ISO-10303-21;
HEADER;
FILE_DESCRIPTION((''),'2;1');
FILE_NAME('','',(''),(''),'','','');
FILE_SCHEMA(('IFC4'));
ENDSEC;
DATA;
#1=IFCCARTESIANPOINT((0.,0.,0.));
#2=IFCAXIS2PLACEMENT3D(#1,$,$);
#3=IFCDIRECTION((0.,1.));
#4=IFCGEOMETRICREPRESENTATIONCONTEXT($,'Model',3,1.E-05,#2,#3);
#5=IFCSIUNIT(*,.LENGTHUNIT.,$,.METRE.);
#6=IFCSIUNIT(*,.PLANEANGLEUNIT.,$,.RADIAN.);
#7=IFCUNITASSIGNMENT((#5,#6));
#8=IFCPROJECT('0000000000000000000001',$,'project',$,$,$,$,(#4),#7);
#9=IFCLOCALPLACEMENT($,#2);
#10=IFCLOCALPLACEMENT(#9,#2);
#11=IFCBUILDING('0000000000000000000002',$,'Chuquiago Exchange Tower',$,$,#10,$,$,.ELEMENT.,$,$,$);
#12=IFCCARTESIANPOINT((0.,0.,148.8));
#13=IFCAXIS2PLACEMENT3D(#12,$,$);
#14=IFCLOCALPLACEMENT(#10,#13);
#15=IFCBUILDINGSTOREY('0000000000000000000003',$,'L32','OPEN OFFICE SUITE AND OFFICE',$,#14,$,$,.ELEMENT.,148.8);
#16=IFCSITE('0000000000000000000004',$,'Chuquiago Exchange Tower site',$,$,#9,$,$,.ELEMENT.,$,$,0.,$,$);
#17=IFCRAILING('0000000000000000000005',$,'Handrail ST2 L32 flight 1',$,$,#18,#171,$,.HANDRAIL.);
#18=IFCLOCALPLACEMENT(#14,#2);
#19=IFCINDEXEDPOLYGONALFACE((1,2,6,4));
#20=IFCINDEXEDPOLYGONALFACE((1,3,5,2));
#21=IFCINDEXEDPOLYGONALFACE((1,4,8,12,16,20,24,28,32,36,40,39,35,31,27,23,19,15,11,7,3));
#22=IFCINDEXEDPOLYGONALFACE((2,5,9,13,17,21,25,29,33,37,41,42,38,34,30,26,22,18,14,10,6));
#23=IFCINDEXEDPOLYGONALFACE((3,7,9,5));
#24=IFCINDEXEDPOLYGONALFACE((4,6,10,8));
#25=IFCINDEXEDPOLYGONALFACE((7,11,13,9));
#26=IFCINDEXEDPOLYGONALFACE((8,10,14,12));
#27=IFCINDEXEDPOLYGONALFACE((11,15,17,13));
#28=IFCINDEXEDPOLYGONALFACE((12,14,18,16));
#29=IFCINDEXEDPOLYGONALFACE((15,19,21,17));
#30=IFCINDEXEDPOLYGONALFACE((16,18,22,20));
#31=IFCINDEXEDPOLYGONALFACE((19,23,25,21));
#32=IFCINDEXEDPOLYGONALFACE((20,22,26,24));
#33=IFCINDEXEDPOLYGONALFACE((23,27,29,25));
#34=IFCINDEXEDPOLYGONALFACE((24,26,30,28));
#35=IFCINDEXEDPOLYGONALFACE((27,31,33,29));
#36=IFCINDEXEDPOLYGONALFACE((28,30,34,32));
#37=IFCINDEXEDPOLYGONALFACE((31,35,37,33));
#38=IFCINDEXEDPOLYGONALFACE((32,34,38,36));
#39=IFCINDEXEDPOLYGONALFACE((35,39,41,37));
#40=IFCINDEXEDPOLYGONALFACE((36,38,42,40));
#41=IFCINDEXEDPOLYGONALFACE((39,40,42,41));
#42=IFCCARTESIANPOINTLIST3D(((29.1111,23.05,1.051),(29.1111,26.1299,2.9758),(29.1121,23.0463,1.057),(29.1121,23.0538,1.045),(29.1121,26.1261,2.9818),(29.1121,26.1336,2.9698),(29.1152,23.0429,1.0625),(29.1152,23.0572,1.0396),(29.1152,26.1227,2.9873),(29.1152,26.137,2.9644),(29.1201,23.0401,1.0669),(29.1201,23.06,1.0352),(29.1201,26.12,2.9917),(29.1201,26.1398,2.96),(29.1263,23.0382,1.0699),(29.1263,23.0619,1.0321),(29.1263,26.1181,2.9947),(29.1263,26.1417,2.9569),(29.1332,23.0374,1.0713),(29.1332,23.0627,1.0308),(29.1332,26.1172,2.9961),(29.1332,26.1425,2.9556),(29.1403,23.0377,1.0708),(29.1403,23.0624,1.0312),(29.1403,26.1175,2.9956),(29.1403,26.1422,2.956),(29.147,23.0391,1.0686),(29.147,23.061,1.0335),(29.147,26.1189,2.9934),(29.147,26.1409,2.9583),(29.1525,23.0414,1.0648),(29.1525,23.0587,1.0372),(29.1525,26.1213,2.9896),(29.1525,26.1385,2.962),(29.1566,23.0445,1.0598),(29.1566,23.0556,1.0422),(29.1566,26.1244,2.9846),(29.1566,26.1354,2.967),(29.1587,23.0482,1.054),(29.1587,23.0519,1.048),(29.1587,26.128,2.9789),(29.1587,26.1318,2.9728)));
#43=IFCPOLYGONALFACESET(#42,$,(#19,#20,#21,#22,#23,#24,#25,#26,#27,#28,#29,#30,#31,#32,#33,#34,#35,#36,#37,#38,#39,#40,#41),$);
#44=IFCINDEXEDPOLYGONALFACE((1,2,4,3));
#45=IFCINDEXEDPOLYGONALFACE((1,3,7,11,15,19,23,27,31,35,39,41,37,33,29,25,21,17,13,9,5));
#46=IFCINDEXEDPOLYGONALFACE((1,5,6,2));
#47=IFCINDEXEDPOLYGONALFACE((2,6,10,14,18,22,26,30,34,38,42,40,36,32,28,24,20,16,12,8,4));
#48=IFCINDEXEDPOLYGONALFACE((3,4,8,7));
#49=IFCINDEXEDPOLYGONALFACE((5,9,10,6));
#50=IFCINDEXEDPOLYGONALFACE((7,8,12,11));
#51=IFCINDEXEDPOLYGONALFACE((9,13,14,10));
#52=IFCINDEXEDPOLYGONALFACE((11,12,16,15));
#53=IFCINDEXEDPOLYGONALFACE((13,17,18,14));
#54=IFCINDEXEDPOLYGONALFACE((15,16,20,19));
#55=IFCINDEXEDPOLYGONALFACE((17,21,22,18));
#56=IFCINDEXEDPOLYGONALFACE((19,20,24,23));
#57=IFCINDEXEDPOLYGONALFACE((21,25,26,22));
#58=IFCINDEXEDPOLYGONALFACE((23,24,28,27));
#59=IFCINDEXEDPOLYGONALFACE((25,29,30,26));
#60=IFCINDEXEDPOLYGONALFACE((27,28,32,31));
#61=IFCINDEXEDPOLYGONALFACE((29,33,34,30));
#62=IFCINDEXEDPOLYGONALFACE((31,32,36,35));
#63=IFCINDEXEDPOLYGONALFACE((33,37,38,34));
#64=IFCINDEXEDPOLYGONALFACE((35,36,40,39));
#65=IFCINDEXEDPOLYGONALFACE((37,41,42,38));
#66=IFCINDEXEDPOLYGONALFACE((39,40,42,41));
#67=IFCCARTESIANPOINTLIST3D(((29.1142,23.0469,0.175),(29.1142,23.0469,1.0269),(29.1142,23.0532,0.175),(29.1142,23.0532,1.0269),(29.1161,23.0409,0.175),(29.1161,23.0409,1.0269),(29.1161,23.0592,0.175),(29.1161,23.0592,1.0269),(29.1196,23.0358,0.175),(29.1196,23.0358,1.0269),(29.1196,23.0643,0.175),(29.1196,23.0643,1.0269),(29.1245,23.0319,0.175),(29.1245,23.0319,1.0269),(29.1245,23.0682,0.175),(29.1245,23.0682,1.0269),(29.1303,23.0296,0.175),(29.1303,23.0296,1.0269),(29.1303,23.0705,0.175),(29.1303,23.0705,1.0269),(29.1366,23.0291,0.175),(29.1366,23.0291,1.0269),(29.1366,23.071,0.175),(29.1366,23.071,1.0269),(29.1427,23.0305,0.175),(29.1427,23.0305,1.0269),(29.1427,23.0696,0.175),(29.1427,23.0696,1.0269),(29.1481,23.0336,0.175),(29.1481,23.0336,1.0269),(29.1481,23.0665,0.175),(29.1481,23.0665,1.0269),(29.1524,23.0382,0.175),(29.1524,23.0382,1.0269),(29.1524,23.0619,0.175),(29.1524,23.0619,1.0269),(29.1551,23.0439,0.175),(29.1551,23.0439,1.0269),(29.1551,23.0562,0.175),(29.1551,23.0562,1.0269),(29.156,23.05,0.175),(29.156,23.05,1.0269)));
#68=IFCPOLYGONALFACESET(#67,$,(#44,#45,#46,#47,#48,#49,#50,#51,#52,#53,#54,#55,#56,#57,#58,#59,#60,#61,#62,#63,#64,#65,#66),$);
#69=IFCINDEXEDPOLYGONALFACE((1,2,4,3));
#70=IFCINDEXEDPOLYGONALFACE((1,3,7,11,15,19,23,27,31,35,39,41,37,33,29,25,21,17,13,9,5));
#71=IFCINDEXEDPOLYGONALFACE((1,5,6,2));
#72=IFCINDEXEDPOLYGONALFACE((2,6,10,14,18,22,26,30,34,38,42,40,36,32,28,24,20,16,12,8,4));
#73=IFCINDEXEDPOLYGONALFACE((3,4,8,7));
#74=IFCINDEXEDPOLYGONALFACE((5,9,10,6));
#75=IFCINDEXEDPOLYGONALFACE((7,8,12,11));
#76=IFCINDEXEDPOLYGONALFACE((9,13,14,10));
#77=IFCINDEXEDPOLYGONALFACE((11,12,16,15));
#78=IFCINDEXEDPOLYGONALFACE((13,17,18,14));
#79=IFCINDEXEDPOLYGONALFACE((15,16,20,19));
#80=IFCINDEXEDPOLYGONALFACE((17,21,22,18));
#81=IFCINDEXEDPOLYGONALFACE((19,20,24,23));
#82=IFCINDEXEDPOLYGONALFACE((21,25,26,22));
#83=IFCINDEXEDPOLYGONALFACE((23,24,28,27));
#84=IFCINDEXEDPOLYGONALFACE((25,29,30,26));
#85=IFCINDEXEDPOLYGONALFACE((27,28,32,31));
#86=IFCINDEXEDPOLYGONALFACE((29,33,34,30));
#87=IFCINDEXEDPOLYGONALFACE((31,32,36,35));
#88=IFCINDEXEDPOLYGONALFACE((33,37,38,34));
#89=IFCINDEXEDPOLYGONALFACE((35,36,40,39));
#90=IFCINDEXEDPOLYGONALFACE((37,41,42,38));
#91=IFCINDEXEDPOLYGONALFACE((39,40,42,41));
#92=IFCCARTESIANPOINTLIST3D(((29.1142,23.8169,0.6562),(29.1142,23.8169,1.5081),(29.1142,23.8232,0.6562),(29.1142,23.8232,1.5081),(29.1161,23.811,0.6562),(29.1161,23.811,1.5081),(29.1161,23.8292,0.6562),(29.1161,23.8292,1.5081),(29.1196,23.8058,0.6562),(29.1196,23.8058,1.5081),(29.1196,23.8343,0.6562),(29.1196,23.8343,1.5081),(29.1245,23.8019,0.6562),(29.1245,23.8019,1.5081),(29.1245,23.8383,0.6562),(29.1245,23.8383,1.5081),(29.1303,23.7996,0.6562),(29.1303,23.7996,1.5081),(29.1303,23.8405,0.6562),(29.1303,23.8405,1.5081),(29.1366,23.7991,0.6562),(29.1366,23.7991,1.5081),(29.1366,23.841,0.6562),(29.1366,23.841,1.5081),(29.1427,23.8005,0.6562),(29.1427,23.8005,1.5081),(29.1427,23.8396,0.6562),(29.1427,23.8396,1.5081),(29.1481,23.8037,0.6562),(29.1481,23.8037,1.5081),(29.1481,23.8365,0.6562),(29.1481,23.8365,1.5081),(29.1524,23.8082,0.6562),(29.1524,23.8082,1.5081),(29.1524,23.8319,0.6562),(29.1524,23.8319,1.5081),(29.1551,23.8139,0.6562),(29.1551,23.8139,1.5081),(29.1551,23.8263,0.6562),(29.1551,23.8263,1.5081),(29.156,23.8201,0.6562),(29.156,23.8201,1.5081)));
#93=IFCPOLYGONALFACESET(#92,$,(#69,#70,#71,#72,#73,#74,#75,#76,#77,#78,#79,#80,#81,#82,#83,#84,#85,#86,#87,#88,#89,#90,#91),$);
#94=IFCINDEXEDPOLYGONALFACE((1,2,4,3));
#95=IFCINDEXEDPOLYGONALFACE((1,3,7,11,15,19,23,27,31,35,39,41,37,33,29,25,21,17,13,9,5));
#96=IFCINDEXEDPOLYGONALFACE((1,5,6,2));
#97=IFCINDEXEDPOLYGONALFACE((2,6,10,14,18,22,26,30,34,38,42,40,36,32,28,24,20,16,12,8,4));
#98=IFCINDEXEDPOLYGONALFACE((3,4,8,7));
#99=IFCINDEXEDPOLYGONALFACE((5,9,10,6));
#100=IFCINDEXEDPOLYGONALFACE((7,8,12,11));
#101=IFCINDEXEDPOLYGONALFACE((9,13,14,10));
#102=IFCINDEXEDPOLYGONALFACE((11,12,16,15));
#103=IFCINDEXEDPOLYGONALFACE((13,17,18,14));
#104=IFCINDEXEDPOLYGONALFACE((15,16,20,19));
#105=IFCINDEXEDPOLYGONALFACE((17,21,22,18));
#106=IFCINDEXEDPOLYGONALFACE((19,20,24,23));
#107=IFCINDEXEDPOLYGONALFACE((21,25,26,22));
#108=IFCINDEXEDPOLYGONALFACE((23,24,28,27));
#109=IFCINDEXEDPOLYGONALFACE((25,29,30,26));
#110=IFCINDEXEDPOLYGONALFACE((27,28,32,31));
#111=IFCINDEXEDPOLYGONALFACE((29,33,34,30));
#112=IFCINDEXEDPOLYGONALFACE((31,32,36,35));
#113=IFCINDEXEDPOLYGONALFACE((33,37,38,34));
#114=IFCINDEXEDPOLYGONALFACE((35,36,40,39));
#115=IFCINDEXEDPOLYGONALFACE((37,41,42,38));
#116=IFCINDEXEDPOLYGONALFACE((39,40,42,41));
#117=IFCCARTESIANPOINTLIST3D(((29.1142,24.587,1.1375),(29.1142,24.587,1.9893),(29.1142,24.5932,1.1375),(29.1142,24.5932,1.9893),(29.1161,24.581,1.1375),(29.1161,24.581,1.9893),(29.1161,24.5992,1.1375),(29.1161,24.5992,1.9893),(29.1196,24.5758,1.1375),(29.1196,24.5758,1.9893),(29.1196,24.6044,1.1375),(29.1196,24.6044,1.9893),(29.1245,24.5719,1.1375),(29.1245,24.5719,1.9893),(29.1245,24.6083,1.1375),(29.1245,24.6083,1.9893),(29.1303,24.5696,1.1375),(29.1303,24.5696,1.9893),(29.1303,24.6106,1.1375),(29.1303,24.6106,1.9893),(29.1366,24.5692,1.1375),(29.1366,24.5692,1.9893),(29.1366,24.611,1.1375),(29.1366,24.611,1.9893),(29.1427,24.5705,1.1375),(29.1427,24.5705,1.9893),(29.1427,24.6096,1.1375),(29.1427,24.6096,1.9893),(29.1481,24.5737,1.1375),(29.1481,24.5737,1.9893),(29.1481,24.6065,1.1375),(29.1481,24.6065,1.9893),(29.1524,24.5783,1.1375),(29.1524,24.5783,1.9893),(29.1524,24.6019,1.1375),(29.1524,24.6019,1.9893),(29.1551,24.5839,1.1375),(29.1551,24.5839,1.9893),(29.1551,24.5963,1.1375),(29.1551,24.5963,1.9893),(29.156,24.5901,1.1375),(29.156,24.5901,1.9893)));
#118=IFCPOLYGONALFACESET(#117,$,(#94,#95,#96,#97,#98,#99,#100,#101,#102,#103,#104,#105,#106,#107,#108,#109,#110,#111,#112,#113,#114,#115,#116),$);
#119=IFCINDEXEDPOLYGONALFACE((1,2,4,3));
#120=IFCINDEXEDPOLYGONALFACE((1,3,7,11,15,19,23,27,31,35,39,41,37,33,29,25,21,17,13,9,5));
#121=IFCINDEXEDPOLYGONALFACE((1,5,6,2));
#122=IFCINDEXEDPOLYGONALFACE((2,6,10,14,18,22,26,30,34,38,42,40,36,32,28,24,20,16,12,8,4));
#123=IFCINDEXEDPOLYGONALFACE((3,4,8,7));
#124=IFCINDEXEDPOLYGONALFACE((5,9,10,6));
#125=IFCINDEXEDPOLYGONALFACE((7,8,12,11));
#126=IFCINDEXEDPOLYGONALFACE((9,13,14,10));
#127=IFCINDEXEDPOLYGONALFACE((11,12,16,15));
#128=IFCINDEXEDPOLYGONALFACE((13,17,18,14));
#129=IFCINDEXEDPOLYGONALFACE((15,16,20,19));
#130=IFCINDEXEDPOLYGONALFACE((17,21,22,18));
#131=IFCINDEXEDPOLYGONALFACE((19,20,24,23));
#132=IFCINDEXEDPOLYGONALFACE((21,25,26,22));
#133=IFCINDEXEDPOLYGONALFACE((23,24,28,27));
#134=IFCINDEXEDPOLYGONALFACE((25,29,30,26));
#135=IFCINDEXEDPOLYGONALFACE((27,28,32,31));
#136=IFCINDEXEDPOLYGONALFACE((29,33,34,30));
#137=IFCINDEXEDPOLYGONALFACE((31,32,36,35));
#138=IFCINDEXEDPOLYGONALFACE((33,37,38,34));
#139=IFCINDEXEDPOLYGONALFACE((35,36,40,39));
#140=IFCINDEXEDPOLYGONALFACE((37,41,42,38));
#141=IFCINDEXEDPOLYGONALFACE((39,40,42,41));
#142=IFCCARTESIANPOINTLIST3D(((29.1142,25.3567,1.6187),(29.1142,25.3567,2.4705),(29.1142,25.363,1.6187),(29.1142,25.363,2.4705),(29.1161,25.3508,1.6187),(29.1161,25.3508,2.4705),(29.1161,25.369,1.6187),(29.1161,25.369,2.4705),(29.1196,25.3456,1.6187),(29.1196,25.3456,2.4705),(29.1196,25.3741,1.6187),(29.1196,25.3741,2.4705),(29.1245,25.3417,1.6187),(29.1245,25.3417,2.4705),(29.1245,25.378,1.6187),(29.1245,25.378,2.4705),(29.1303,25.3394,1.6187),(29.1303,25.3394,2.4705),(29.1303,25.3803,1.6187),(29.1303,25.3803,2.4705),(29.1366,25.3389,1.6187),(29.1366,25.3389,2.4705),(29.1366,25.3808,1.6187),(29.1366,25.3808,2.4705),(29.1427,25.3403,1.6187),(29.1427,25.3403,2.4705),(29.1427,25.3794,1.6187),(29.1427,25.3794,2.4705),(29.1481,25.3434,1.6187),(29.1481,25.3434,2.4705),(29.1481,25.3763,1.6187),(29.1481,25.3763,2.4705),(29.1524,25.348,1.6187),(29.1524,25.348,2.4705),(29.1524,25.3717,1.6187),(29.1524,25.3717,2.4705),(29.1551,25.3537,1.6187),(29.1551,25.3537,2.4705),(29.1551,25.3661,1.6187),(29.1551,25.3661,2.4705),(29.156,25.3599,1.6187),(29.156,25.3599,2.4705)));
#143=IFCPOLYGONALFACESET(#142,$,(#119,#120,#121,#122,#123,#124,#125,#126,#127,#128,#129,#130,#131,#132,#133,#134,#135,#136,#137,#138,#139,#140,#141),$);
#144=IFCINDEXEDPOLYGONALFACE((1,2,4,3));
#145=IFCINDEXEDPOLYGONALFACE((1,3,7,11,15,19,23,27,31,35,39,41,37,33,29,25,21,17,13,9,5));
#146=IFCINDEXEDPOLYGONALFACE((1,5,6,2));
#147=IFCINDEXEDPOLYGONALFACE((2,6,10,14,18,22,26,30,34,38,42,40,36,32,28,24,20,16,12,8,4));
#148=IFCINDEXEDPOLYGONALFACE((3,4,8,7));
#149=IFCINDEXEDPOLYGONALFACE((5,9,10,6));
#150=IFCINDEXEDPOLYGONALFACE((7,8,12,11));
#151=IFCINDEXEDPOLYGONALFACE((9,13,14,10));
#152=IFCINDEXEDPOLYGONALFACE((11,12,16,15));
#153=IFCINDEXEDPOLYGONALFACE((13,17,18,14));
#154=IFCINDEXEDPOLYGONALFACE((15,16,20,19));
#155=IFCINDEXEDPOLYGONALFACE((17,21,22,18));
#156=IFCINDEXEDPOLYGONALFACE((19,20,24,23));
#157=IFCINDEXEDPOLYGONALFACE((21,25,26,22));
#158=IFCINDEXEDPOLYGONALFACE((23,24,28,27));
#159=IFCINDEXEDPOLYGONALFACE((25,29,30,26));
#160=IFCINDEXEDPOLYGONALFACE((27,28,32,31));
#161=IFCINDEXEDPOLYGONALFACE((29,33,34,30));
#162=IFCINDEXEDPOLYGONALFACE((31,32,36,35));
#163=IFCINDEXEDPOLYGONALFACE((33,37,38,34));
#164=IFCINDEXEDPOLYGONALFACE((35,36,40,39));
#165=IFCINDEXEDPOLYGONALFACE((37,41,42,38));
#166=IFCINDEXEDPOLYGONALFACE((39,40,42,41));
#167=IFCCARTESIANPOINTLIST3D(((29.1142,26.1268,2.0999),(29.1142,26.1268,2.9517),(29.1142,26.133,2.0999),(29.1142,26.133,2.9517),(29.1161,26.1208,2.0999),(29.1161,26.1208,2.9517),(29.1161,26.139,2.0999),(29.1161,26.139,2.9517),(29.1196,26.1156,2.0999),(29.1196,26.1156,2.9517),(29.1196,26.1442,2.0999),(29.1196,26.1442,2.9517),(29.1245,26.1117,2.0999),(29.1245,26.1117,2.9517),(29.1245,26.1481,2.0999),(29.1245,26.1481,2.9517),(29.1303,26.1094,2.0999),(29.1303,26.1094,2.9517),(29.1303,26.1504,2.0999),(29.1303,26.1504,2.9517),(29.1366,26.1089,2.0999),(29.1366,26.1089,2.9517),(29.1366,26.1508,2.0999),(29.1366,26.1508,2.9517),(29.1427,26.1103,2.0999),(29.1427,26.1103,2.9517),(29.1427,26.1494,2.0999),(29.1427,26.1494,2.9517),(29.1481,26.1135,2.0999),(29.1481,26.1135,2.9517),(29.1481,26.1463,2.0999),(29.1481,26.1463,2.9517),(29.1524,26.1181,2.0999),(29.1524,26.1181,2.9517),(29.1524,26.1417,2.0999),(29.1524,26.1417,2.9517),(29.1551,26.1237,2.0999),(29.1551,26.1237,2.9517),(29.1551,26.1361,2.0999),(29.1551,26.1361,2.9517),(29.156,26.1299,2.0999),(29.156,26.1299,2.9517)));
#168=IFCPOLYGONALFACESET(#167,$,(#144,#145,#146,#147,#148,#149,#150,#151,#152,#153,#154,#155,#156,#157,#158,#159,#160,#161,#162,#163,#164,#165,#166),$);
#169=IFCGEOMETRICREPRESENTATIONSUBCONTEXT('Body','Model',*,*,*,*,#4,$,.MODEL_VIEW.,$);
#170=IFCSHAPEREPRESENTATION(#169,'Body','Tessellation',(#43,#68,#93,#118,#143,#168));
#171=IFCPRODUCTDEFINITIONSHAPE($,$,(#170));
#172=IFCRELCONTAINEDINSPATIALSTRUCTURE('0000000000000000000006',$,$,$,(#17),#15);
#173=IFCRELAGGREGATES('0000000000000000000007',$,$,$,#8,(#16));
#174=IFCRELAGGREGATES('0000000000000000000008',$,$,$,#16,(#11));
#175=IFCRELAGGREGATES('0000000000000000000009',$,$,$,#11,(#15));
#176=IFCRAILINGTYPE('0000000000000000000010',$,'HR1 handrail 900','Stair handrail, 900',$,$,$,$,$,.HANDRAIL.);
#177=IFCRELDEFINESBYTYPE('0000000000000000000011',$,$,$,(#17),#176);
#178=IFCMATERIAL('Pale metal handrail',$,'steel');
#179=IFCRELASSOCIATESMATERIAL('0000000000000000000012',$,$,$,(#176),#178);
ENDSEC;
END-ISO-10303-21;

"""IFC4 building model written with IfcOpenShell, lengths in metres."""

from ifc_helpers import new_model, si_unit, direction, frame, origin, origin_2d, place, context, subcontext, project, spatial, circle, extrude, material, type_object, element, save


model = new_model("IFC4")

# Units and contexts
model_context = context("Model", 3, precision=1e-05, world=origin(), true_north=direction((0.0, 1.0)))
body_context = subcontext(model_context, "Body", "Model", "MODEL_VIEW")
ifc_project = project(units=[si_unit("LENGTHUNIT", "METRE"), si_unit("PLANEANGLEUNIT", "RADIAN")], contexts=[model_context])

# Site, building, storey
site_placement = place(None, origin())
site = spatial("IfcSite", under=ifc_project, at=site_placement, Name="Chuquiago Exchange Tower site", CompositionType="ELEMENT", RefElevation=0.0)
building_placement = place(site_placement, origin())
building = spatial("IfcBuilding", under=site, at=building_placement, Name="Chuquiago Exchange Tower", CompositionType="ELEMENT")
storey_placement = place(building_placement, frame((0.0, 0.0, 148.8)))
storey = spatial("IfcBuildingStorey", under=building, at=storey_placement, Name="L32", Description="OPEN OFFICE SUITE AND OFFICE", CompositionType="ELEMENT", Elevation=148.8)

# Railing
ifc_material_1 = material(Name="Pale metal handrail", Category="steel")
railing_type_1 = type_object("IfcRailingType", Name="HR1 handrail 900", Description="Stair handrail, 900", PredefinedType="HANDRAIL", material=ifc_material_1)
railing_1_placement = place(storey_placement, frame((29.135, 23.05, 0.175)))
element("IfcRailing", 1, at=railing_1_placement, inside=storey, type_object=railing_type_1, Name="Handrail ST2 L32 flight 1", PredefinedType="HANDRAIL", context=body_context, shape_type="SweptSolid", body=[
    extrude(circle(Radius=0.0239, at=origin_2d()), frame((0.0, 0.0, 0.876), z_axis=(0.0, 0.84801, 0.529981), x_axis=(-1.0, 0.0, 0.0)), (0.0, 0.0, 1.0), 3.6318),
    extrude(circle(Radius=0.021, at=origin_2d()), origin(), (0.0, 0.0, 1.0), 0.8518),
    extrude(circle(Radius=0.021, at=origin_2d()), frame((0.0, 0.77, 0.4812)), (0.0, 0.0, 1.0), 0.8518),
    extrude(circle(Radius=0.021, at=origin_2d()), frame((0.0, 1.54, 0.9624)), (0.0, 0.0, 1.0), 0.8518),
    extrude(circle(Radius=0.021, at=origin_2d()), frame((0.0, 2.3098, 1.4436)), (0.0, 0.0, 1.0), 0.8518),
    extrude(circle(Radius=0.021, at=origin_2d()), frame((0.0, 3.0798, 1.9248)), (0.0, 0.0, 1.0), 0.8518),
])

save(model, "model.ifc")
